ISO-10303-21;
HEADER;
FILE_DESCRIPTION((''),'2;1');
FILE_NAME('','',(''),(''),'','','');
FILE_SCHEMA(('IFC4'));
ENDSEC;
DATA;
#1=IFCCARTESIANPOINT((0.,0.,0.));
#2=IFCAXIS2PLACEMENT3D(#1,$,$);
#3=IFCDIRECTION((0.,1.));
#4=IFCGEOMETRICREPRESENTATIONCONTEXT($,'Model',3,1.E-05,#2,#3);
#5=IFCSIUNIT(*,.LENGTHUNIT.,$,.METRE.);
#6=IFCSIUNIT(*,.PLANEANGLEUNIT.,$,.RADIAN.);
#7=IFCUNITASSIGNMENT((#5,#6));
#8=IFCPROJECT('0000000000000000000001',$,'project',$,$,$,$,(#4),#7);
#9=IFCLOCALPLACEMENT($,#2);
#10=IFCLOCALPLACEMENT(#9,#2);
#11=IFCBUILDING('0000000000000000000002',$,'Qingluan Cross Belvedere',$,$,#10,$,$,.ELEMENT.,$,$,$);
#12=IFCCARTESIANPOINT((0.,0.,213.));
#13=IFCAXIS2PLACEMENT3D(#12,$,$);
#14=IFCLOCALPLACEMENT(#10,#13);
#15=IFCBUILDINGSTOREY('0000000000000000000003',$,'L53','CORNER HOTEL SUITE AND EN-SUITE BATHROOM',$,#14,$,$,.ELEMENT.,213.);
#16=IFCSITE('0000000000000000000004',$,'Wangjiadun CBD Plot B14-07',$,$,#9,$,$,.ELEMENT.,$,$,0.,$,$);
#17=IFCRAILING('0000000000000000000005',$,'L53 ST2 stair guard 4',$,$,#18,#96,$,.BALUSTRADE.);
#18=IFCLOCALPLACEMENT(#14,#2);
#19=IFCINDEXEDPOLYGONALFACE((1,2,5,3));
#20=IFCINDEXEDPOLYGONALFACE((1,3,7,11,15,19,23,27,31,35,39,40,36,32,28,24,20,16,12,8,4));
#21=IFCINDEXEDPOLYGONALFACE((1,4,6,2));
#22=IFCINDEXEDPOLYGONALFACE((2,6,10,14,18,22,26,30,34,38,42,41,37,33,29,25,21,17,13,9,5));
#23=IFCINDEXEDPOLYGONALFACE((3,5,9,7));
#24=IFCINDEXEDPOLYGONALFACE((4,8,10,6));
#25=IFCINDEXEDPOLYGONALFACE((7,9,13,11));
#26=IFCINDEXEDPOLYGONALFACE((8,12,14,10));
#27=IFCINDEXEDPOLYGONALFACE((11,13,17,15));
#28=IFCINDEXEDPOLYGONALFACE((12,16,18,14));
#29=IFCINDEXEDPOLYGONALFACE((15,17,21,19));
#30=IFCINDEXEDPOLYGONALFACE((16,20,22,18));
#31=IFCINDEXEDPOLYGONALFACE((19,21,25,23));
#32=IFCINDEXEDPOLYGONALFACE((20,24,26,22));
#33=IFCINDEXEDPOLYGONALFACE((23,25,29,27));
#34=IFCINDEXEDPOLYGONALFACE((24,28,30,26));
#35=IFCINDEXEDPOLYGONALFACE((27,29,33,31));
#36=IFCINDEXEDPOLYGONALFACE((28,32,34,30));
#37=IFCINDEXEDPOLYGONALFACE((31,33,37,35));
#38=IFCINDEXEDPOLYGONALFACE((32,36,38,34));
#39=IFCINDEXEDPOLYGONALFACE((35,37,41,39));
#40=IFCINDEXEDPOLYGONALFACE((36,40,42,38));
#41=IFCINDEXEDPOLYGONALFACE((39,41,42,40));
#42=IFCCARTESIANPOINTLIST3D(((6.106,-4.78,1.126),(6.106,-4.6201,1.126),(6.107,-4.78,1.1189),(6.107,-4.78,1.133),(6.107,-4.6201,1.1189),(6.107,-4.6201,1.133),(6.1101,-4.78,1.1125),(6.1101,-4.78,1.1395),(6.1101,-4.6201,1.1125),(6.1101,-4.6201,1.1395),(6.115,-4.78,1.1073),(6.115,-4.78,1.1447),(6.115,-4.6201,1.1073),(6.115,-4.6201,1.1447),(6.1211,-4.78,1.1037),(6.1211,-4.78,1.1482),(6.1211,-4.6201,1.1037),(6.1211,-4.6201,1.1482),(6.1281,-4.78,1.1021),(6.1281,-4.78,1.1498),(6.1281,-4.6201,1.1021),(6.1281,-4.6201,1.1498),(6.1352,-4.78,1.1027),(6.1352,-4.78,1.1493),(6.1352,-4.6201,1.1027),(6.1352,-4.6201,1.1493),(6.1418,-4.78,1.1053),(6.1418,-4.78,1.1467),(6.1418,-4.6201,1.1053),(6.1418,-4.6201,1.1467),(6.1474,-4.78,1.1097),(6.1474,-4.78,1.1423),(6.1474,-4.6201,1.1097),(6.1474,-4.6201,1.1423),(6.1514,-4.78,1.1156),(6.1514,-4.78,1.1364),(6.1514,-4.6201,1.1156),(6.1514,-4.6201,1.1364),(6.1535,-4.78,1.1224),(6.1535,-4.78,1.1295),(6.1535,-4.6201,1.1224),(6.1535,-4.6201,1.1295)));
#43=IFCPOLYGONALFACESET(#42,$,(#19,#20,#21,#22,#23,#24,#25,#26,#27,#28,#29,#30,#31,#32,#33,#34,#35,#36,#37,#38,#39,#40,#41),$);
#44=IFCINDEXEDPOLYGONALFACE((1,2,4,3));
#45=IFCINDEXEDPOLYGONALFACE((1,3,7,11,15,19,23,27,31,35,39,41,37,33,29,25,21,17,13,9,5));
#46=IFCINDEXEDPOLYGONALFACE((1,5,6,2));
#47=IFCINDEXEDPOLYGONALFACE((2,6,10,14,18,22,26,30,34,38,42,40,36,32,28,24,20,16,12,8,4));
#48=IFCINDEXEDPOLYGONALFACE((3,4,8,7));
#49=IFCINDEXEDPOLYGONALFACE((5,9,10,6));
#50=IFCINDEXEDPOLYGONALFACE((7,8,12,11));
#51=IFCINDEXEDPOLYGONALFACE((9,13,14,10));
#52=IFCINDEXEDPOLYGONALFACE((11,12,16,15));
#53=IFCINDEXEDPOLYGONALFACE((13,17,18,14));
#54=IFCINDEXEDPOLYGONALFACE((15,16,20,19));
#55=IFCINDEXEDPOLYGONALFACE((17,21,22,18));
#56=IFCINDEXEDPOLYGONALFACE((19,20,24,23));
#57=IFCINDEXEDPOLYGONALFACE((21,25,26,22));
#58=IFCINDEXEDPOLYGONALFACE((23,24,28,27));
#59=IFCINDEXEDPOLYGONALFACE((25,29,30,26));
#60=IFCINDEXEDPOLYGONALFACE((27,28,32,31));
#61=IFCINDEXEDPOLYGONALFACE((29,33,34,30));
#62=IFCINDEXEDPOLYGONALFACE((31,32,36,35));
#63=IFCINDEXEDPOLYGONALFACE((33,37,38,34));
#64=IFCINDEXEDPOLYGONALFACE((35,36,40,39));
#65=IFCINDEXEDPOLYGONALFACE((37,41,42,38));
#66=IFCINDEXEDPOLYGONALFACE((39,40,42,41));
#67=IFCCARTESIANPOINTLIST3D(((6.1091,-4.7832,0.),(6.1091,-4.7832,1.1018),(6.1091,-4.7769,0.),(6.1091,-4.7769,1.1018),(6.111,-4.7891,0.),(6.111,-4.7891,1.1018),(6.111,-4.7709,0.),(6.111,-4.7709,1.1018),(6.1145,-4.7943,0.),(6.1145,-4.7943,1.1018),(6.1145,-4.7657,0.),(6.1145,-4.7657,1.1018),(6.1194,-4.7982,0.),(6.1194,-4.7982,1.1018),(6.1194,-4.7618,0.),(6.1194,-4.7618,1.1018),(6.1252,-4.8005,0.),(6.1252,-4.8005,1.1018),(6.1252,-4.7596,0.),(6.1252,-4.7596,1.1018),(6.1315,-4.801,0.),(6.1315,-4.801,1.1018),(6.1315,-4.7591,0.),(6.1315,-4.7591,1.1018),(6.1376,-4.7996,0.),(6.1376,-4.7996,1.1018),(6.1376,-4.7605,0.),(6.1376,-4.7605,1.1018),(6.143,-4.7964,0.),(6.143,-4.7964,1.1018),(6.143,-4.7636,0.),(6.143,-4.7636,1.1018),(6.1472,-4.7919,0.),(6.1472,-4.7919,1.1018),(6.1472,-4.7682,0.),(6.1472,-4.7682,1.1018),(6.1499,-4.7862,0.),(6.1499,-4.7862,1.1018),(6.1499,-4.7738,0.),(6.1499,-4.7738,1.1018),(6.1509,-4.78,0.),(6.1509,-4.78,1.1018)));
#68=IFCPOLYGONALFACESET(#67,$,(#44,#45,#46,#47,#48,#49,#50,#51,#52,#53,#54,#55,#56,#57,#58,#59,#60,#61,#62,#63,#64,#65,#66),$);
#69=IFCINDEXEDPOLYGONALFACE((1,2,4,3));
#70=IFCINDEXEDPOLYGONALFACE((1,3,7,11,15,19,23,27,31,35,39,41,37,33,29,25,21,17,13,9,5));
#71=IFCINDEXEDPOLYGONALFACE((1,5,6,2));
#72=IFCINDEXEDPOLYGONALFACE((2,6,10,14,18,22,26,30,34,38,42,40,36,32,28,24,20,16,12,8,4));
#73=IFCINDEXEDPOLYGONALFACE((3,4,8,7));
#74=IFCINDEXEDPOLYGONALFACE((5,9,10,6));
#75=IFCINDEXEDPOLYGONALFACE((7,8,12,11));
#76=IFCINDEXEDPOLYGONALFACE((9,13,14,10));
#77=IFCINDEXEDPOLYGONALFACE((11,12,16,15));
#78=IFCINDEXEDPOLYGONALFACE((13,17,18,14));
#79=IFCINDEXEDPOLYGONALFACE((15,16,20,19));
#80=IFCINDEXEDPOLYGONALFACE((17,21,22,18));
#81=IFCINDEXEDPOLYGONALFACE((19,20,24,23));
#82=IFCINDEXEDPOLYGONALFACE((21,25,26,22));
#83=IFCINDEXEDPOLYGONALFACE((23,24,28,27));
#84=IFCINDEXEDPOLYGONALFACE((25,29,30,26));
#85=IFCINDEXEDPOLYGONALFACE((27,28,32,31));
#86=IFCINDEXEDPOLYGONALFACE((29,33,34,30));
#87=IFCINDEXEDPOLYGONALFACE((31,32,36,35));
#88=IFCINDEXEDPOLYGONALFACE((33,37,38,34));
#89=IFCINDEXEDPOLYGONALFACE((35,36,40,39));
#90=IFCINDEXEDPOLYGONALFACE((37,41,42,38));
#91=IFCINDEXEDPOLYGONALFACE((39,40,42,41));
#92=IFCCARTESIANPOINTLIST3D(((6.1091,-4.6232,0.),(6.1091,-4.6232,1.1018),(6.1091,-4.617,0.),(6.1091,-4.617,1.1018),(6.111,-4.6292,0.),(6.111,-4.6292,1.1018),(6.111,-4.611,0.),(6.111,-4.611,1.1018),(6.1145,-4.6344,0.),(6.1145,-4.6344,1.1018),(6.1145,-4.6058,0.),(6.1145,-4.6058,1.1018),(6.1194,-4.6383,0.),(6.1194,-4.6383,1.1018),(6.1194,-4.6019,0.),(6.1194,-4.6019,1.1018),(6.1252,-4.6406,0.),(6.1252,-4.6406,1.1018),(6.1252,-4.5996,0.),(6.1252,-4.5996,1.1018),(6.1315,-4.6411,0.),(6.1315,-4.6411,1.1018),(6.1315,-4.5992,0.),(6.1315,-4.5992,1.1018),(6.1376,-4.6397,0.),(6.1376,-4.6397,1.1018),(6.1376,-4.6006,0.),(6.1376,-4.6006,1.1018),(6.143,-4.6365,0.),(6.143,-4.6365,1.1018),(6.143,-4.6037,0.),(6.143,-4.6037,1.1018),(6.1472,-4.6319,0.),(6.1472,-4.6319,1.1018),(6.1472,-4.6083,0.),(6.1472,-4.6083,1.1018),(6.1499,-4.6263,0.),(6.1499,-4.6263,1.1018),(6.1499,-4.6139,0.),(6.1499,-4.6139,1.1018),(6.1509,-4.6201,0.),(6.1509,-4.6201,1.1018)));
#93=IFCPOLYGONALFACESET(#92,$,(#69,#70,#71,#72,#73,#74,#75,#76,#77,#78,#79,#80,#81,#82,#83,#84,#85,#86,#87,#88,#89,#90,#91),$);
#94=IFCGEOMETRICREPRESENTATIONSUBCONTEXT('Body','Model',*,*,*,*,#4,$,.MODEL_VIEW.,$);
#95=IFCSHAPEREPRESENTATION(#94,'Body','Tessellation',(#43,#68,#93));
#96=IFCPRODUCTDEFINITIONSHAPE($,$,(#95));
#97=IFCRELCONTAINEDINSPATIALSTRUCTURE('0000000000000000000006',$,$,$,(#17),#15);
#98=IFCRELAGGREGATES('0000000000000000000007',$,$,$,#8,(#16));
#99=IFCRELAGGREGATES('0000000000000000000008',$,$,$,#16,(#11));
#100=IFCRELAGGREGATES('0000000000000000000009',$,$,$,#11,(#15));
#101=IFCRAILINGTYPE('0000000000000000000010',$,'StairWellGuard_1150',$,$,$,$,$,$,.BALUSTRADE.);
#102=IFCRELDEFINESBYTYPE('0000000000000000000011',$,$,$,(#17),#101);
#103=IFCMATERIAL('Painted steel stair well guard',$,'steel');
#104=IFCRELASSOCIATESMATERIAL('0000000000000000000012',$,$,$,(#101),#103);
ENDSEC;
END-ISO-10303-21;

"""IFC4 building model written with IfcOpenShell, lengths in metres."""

from ifc_helpers import new_model, si_unit, direction, frame, origin, origin_2d, place, context, subcontext, project, spatial, circle, extrude, material, type_object, element, save


model = new_model("IFC4")

# Units and contexts
model_context = context("Model", 3, precision=1e-05, world=origin(), true_north=direction((0.0, 1.0)))
body_context = subcontext(model_context, "Body", "Model", "MODEL_VIEW")
ifc_project = project(units=[si_unit("LENGTHUNIT", "METRE"), si_unit("PLANEANGLEUNIT", "RADIAN")], contexts=[model_context])

# Site, building, storey
site_placement = place(None, origin())
site = spatial("IfcSite", under=ifc_project, at=site_placement, Name="Wangjiadun CBD Plot B14-07", CompositionType="ELEMENT", RefElevation=0.0)
building_placement = place(site_placement, origin())
building = spatial("IfcBuilding", under=site, at=building_placement, Name="Qingluan Cross Belvedere", CompositionType="ELEMENT")
storey_placement = place(building_placement, frame((0.0, 0.0, 213.0)))
storey = spatial("IfcBuildingStorey", under=building, at=storey_placement, Name="L53", Description="CORNER HOTEL SUITE AND EN-SUITE BATHROOM", CompositionType="ELEMENT", Elevation=213.0)

# Railing
ifc_material_1 = material(Name="Painted steel stair well guard", Category="steel")
railing_type_1 = type_object("IfcRailingType", Name="StairWellGuard_1150", PredefinedType="BALUSTRADE", material=ifc_material_1)
railing_1_placement = place(storey_placement, frame((6.1299, -4.78, 0.0)))
element("IfcRailing", 1, at=railing_1_placement, inside=storey, type_object=railing_type_1, Name="L53 ST2 stair guard 4", PredefinedType="BALUSTRADE", context=body_context, shape_type="SweptSolid", body=[
    extrude(circle(Radius=0.0239, at=origin_2d()), frame((0.0, 0.0, 1.126), z_axis=(0.0, 1.0, 0.0), x_axis=(-1.0, 0.0, 0.0)), (0.0, 0.0, 1.0), 0.1599),
    extrude(circle(Radius=0.021, at=origin_2d()), origin(), (0.0, 0.0, 1.0), 1.1018),
    extrude(circle(Radius=0.021, at=origin_2d()), frame((0.0, 0.1599, 0.0)), (0.0, 0.0, 1.0), 1.1018),
])

save(model, "model.ifc")
